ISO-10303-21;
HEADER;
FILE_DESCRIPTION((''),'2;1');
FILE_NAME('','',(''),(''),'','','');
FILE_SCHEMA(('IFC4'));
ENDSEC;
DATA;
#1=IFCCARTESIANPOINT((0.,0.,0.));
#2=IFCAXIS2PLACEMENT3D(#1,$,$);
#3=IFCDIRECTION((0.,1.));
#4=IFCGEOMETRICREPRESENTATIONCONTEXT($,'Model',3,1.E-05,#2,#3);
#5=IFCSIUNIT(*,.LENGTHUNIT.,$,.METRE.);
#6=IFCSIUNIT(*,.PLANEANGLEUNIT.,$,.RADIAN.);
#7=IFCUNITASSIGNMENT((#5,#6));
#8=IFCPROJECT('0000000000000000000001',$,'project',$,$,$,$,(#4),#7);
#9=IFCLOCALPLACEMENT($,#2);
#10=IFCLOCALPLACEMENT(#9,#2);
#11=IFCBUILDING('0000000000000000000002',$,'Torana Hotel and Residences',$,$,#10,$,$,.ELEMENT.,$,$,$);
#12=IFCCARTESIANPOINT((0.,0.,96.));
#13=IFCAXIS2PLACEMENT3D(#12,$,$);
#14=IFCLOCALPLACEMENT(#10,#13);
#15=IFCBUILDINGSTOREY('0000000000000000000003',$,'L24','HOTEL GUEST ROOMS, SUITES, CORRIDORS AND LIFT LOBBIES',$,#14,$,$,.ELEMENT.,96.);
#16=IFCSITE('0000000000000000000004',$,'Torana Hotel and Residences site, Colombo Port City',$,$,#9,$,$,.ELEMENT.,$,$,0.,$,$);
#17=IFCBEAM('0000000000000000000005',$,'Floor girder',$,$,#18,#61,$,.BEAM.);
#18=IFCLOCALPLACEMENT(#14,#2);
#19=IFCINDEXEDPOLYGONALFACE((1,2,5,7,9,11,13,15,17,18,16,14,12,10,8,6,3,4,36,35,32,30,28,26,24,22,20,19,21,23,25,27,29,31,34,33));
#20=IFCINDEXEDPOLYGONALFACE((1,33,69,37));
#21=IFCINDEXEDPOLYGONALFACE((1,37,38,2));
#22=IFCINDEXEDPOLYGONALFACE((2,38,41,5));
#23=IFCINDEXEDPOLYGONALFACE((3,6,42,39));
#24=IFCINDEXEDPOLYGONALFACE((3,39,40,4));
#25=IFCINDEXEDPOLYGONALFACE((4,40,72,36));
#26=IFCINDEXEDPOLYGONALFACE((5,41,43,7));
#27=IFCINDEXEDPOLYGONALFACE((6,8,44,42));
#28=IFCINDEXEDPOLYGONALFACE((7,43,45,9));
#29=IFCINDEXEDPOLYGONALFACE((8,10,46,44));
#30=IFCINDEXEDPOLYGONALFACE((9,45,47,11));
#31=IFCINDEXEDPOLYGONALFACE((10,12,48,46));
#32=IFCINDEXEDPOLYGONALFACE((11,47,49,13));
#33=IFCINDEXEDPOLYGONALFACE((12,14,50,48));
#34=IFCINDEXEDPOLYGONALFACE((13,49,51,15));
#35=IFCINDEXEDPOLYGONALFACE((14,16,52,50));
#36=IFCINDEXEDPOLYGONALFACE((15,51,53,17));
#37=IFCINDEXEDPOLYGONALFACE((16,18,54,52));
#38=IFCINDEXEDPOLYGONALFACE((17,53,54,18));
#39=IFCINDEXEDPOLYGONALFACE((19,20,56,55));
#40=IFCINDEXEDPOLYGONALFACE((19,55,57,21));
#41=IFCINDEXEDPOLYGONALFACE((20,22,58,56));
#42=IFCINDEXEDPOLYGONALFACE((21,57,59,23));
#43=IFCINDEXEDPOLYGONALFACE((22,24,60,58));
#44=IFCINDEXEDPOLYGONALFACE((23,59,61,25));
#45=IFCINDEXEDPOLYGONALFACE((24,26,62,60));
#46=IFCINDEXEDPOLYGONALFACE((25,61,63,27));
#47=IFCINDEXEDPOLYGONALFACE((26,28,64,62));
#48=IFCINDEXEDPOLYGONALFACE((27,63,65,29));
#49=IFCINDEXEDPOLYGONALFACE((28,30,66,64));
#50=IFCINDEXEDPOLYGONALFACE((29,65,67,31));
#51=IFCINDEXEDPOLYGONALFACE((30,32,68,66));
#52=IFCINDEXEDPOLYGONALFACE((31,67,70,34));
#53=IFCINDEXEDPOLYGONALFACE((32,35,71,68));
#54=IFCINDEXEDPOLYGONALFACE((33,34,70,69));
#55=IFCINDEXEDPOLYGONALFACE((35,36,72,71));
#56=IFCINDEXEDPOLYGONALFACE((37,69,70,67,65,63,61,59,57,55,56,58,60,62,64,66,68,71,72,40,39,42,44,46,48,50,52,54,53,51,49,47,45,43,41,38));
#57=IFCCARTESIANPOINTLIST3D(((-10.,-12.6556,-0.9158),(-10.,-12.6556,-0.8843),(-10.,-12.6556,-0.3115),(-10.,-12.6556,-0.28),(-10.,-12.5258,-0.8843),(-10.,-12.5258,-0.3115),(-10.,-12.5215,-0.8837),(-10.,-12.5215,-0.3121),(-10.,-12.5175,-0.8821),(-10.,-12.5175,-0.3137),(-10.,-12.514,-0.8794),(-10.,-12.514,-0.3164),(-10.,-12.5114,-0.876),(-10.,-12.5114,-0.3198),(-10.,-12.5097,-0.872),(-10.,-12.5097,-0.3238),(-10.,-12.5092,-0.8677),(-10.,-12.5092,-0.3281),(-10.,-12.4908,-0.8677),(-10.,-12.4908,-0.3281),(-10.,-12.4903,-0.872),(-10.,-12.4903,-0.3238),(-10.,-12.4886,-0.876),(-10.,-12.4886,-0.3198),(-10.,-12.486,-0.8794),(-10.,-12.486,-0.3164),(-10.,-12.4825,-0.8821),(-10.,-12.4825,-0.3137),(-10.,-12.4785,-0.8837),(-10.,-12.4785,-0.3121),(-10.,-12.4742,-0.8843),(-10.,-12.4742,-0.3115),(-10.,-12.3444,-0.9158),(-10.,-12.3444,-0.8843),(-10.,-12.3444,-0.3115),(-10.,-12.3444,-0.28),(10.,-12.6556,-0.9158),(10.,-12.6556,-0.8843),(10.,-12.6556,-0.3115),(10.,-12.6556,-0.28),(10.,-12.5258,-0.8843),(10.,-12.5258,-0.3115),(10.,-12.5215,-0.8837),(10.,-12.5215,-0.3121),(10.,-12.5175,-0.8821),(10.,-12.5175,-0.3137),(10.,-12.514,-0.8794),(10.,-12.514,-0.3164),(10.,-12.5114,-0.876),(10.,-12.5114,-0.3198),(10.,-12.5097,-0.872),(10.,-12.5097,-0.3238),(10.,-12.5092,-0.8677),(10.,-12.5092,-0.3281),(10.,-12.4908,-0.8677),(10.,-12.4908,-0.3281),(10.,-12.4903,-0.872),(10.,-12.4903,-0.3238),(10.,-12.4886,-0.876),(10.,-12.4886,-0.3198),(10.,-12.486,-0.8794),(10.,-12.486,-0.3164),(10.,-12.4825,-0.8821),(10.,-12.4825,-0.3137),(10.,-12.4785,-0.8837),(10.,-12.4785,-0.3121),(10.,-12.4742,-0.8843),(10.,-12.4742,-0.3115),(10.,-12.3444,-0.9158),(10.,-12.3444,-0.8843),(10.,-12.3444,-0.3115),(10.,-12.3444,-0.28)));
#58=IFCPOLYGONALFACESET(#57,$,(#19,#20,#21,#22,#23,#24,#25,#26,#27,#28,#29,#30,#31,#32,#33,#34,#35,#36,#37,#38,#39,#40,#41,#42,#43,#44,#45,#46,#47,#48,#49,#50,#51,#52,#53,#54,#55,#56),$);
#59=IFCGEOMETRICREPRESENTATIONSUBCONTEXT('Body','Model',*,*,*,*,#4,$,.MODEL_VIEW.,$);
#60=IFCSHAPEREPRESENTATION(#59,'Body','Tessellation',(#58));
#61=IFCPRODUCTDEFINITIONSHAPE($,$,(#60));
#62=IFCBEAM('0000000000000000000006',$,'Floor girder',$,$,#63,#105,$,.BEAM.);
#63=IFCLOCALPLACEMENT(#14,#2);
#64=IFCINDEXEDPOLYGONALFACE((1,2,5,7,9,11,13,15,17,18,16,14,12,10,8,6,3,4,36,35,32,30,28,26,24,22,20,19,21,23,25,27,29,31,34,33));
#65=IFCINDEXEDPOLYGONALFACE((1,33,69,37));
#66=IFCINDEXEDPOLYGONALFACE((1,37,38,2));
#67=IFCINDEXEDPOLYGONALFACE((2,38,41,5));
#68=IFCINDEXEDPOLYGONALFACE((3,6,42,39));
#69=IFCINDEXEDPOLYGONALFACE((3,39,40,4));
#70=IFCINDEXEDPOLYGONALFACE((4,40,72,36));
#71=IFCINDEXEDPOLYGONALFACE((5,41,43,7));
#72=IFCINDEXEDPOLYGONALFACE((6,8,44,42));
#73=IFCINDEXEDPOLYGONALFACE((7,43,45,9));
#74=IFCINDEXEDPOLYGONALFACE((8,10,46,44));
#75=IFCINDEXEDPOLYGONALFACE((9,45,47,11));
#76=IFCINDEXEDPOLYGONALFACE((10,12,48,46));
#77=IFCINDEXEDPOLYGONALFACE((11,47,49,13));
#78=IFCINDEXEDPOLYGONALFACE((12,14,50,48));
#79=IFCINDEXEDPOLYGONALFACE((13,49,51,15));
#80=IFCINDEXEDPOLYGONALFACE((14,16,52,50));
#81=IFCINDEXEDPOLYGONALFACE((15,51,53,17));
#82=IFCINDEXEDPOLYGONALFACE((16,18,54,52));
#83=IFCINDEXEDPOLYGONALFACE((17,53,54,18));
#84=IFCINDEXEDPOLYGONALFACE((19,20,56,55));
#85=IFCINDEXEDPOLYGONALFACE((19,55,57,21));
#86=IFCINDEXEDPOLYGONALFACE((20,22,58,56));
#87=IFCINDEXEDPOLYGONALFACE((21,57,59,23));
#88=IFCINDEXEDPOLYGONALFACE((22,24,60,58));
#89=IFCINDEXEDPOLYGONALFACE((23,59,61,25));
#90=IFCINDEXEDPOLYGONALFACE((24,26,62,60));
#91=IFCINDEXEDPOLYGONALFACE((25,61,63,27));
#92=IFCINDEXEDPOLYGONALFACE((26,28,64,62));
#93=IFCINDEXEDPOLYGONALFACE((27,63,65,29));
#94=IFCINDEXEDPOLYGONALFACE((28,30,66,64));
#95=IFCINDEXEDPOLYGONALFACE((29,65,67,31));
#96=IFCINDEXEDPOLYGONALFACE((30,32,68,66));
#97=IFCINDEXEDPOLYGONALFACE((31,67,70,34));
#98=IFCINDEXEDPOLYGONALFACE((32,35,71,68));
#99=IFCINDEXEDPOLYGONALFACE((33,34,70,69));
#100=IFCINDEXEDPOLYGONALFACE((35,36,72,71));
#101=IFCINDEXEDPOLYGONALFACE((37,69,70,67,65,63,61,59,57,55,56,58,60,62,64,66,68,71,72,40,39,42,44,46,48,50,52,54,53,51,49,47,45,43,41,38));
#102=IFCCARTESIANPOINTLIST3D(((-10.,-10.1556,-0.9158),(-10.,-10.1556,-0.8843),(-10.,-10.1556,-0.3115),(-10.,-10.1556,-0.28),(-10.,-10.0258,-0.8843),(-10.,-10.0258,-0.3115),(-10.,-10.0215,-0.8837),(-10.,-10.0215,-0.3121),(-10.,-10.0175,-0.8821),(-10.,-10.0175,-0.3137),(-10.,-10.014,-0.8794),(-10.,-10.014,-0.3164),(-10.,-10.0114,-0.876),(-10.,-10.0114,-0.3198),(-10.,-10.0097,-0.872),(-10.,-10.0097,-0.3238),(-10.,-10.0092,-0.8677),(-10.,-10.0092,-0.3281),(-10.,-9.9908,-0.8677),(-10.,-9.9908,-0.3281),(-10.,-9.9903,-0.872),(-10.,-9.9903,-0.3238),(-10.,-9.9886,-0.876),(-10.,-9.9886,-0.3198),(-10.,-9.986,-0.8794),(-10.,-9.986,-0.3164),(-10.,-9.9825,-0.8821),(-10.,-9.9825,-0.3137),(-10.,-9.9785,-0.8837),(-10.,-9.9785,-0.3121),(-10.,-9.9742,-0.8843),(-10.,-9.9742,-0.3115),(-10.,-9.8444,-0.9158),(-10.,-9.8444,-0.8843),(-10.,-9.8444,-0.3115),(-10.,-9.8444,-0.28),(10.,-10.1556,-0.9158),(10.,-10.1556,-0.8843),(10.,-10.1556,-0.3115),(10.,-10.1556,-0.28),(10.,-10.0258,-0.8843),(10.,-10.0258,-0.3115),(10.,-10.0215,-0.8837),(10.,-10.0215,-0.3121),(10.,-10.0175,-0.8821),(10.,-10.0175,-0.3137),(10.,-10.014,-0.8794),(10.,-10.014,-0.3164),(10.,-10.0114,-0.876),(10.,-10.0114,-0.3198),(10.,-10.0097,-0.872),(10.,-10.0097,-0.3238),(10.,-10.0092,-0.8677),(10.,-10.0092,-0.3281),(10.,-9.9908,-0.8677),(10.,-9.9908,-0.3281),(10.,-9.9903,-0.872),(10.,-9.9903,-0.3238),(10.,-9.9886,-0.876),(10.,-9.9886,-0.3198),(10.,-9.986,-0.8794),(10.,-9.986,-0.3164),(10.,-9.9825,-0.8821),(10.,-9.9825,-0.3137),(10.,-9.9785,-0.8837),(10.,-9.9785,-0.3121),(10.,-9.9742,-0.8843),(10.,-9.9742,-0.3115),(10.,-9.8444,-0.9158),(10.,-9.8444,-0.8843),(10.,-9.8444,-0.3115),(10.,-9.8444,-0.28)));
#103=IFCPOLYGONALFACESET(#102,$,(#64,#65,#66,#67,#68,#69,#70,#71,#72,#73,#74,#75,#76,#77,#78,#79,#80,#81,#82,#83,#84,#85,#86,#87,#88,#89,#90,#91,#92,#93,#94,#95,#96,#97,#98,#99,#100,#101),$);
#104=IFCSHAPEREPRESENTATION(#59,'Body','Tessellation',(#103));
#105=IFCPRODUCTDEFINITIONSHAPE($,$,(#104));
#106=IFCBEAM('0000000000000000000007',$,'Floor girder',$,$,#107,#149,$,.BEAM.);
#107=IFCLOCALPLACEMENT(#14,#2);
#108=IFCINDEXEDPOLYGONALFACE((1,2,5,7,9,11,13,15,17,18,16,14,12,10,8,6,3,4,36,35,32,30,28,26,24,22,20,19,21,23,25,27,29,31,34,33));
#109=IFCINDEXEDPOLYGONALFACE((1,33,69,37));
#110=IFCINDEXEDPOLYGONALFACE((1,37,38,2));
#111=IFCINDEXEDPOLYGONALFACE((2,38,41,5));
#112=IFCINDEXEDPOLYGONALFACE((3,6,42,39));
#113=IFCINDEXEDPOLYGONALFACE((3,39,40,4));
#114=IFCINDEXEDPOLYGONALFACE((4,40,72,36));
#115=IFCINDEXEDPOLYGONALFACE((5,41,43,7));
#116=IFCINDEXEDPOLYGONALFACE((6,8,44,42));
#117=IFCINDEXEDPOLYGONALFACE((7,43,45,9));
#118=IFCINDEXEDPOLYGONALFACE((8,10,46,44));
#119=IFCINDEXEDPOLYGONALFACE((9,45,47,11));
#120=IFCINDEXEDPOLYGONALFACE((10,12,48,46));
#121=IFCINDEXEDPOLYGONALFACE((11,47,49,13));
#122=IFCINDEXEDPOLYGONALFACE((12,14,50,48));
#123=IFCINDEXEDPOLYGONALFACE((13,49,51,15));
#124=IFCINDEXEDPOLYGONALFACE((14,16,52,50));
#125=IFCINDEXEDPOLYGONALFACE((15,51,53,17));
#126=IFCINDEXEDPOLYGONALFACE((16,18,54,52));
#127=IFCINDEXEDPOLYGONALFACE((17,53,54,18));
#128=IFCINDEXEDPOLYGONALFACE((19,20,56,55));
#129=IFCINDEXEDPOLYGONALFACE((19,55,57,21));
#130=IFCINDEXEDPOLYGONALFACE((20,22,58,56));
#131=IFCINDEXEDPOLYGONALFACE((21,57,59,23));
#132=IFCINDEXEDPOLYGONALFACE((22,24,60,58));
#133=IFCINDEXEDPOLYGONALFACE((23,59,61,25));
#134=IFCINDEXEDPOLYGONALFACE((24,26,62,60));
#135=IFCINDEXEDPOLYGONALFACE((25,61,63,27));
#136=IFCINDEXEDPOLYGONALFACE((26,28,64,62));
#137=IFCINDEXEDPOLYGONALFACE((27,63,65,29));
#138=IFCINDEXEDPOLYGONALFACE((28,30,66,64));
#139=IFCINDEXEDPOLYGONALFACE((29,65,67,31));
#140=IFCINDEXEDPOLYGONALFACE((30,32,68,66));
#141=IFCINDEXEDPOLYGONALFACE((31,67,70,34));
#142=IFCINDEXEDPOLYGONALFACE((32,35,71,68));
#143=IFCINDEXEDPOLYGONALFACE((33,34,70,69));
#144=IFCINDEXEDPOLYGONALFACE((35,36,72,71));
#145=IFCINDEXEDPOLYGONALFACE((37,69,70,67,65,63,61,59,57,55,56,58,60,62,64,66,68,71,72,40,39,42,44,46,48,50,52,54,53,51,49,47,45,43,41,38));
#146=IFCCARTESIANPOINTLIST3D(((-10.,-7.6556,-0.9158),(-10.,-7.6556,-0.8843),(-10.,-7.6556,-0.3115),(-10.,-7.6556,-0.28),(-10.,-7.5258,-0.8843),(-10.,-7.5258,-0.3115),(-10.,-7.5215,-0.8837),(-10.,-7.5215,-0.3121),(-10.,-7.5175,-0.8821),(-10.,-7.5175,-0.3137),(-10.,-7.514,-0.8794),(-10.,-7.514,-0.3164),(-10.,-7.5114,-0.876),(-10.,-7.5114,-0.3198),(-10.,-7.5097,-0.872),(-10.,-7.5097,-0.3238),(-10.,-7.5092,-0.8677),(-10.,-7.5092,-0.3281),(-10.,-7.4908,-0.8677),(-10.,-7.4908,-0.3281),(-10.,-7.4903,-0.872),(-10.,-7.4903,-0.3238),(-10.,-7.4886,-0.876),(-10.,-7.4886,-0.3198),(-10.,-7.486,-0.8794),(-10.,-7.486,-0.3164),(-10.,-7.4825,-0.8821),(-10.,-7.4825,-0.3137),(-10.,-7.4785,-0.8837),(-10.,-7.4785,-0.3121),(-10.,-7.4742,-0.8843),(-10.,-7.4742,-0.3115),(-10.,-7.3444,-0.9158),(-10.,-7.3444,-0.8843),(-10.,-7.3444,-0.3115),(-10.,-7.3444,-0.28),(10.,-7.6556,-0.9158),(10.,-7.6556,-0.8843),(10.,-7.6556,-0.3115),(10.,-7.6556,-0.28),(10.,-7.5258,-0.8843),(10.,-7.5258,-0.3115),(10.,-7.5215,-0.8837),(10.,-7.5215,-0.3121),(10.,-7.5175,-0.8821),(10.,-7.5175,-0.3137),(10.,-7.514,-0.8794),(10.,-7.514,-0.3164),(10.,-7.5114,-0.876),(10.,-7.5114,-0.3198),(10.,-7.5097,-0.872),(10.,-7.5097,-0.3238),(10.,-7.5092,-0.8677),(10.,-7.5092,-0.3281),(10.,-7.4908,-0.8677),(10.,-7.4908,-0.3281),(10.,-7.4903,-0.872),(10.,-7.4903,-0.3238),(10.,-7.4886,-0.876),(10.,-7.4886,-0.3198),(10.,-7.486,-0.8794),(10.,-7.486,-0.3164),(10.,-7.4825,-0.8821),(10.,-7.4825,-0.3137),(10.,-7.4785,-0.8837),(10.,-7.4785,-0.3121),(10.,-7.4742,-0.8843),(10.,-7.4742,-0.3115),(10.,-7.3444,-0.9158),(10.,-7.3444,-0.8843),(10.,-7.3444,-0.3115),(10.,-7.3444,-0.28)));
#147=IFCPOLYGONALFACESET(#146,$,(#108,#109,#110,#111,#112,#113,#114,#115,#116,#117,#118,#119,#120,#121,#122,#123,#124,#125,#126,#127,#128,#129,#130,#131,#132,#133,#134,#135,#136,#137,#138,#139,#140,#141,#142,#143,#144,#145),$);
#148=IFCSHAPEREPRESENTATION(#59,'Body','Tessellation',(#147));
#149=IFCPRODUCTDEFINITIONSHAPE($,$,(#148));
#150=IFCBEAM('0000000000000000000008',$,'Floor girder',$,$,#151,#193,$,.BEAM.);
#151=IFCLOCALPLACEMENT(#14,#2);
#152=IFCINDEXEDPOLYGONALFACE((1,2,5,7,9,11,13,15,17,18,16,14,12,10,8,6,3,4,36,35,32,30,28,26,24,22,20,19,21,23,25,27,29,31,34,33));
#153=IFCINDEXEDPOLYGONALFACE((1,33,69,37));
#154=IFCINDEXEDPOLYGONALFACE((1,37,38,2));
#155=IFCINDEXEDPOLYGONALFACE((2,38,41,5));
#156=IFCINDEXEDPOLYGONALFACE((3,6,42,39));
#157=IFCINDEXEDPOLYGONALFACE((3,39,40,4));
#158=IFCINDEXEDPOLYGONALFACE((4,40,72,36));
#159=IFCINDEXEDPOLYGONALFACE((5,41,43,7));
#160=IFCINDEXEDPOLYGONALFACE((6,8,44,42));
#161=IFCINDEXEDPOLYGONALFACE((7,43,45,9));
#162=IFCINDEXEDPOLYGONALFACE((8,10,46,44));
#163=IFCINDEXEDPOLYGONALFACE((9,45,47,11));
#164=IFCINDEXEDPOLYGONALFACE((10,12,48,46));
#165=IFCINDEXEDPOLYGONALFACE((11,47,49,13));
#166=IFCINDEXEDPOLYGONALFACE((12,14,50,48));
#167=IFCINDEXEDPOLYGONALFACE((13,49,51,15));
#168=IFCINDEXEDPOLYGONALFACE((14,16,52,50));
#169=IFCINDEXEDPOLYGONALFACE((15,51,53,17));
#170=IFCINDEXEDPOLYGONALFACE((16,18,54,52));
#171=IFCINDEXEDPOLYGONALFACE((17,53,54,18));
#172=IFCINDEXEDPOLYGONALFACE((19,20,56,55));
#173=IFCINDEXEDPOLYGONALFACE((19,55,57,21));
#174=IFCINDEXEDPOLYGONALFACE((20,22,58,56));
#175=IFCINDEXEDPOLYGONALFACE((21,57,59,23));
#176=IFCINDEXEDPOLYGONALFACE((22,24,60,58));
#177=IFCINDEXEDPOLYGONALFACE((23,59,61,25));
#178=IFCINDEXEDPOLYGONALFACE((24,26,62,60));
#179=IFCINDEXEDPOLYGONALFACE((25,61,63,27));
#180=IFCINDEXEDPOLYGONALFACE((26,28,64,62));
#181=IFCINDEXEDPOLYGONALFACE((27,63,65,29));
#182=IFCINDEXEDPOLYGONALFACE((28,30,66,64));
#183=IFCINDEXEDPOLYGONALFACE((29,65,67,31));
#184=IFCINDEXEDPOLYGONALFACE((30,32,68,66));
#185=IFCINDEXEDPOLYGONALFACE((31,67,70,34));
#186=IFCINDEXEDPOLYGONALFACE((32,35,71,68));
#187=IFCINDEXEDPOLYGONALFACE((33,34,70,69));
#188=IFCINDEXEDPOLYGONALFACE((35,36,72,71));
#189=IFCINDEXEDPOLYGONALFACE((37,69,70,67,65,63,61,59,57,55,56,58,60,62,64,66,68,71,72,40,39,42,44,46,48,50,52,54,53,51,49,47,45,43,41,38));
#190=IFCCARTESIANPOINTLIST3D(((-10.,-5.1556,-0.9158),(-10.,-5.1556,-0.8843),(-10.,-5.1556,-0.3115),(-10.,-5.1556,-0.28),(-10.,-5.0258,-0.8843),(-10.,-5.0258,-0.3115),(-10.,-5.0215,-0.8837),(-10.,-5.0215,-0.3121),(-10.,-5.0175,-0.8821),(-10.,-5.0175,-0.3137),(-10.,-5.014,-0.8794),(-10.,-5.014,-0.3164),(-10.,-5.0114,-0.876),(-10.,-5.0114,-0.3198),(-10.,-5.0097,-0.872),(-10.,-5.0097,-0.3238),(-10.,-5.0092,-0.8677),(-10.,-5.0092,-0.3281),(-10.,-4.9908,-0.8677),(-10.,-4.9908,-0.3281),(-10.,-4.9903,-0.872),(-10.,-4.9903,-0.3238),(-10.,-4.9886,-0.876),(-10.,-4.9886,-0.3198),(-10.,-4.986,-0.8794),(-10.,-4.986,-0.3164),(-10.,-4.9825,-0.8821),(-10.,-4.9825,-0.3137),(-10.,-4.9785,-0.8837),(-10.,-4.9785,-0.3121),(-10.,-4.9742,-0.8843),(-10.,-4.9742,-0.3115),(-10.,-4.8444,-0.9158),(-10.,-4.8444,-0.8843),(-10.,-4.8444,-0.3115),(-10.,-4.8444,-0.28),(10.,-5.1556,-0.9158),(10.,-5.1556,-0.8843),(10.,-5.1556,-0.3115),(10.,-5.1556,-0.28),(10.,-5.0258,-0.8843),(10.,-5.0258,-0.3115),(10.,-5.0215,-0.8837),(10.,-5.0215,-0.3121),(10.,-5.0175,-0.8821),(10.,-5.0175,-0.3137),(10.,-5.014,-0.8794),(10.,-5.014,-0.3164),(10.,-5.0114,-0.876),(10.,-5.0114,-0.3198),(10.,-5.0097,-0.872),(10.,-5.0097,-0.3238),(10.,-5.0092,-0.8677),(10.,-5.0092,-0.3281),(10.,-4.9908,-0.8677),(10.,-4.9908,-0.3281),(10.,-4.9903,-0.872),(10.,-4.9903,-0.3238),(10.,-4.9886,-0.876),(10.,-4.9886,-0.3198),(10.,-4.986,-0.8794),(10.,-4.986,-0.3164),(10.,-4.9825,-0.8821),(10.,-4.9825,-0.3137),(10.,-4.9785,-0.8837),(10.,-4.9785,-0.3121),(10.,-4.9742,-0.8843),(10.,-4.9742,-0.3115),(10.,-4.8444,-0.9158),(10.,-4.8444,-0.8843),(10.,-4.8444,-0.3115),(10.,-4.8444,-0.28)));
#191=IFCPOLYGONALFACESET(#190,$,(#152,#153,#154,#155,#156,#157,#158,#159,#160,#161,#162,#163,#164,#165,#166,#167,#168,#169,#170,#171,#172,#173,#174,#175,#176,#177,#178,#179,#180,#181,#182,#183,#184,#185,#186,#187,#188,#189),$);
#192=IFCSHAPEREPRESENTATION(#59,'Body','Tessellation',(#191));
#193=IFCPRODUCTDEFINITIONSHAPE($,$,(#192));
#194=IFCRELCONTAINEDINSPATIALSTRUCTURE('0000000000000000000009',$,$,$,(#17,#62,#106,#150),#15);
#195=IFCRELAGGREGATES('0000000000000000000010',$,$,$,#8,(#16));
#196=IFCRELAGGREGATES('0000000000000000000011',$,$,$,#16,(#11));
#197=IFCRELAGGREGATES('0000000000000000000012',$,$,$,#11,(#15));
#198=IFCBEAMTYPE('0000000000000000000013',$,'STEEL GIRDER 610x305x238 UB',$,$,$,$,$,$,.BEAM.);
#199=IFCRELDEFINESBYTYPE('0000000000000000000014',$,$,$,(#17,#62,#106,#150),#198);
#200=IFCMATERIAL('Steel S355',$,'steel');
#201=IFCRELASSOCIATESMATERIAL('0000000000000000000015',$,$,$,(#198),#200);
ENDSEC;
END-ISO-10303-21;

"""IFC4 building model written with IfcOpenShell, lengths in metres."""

from ifc_helpers import new_model, si_unit, direction, frame, origin, origin_2d, place, context, subcontext, project, spatial, i_section, extrude, material, material_profile, profile_set, type_object, element, save


model = new_model("IFC4")

# Units and contexts
model_context = context("Model", 3, precision=1e-05, world=origin(), true_north=direction((0.0, 1.0)))
body_context = subcontext(model_context, "Body", "Model", "MODEL_VIEW")
ifc_project = project(units=[si_unit("LENGTHUNIT", "METRE"), si_unit("PLANEANGLEUNIT", "RADIAN")], contexts=[model_context])

# Site, building, storey
site_placement = place(None, origin())
site = spatial("IfcSite", under=ifc_project, at=site_placement, Name="Torana Hotel and Residences site, Colombo Port City", CompositionType="ELEMENT", RefElevation=0.0)
building_placement = place(site_placement, origin())
building = spatial("IfcBuilding", under=site, at=building_placement, Name="Torana Hotel and Residences", CompositionType="ELEMENT")
storey_placement = place(building_placement, frame((0.0, 0.0, 96.0)))
storey = spatial("IfcBuildingStorey", under=building, at=storey_placement, Name="L24", Description="HOTEL GUEST ROOMS, SUITES, CORRIDORS AND LIFT LOBBIES", CompositionType="ELEMENT", Elevation=96.0)

# Beams
ifc_material_1 = material(Name="Steel S355", Category="steel")
ifc_material_profile = material_profile(ifc_material_1, i_section(OverallWidth=0.3113, OverallDepth=0.6357, WebThickness=0.0183, FlangeThickness=0.0315, FilletRadius=0.0166, at=origin_2d()), Name="610x305x238 UB")
ifc_profile_set = profile_set([ifc_material_profile], Name="Steel S355")
beam_type = type_object("IfcBeamType", Name="STEEL GIRDER 610x305x238 UB", PredefinedType="BEAM", material=ifc_profile_set)
for number, where, z_axis, x_axis, name in (
    (1, (-10.0, -12.5, -0.5979), (1.0, 0.0, 0.0), (0.0, 1.0, 0.0), "Floor girder"),
    (2, (-10.0, -10.0, -0.5979), (1.0, 0.0, 0.0), (0.0, 1.0, 0.0), "Floor girder"),
    (3, (-10.0, -7.5, -0.5979), (1.0, 0.0, 0.0), (0.0, 1.0, 0.0), "Floor girder"),
    (4, (-10.0, -5.0, -0.5979), (1.0, 0.0, 0.0), (0.0, 1.0, 0.0), "Floor girder"),
):
    element("IfcBeam", number, at=place(storey_placement, frame(where, z_axis=z_axis, x_axis=x_axis)), inside=storey, type_object=beam_type, Name=name, PredefinedType="BEAM", context=body_context, shape_type="SweptSolid", body=[
        extrude(i_section(OverallWidth=0.3113, OverallDepth=0.6357, WebThickness=0.0183, FlangeThickness=0.0315, FilletRadius=0.0166, at=origin_2d()), origin(), (0.0, 0.0, 1.0), 20.0),
    ])

save(model, "model.ifc")
